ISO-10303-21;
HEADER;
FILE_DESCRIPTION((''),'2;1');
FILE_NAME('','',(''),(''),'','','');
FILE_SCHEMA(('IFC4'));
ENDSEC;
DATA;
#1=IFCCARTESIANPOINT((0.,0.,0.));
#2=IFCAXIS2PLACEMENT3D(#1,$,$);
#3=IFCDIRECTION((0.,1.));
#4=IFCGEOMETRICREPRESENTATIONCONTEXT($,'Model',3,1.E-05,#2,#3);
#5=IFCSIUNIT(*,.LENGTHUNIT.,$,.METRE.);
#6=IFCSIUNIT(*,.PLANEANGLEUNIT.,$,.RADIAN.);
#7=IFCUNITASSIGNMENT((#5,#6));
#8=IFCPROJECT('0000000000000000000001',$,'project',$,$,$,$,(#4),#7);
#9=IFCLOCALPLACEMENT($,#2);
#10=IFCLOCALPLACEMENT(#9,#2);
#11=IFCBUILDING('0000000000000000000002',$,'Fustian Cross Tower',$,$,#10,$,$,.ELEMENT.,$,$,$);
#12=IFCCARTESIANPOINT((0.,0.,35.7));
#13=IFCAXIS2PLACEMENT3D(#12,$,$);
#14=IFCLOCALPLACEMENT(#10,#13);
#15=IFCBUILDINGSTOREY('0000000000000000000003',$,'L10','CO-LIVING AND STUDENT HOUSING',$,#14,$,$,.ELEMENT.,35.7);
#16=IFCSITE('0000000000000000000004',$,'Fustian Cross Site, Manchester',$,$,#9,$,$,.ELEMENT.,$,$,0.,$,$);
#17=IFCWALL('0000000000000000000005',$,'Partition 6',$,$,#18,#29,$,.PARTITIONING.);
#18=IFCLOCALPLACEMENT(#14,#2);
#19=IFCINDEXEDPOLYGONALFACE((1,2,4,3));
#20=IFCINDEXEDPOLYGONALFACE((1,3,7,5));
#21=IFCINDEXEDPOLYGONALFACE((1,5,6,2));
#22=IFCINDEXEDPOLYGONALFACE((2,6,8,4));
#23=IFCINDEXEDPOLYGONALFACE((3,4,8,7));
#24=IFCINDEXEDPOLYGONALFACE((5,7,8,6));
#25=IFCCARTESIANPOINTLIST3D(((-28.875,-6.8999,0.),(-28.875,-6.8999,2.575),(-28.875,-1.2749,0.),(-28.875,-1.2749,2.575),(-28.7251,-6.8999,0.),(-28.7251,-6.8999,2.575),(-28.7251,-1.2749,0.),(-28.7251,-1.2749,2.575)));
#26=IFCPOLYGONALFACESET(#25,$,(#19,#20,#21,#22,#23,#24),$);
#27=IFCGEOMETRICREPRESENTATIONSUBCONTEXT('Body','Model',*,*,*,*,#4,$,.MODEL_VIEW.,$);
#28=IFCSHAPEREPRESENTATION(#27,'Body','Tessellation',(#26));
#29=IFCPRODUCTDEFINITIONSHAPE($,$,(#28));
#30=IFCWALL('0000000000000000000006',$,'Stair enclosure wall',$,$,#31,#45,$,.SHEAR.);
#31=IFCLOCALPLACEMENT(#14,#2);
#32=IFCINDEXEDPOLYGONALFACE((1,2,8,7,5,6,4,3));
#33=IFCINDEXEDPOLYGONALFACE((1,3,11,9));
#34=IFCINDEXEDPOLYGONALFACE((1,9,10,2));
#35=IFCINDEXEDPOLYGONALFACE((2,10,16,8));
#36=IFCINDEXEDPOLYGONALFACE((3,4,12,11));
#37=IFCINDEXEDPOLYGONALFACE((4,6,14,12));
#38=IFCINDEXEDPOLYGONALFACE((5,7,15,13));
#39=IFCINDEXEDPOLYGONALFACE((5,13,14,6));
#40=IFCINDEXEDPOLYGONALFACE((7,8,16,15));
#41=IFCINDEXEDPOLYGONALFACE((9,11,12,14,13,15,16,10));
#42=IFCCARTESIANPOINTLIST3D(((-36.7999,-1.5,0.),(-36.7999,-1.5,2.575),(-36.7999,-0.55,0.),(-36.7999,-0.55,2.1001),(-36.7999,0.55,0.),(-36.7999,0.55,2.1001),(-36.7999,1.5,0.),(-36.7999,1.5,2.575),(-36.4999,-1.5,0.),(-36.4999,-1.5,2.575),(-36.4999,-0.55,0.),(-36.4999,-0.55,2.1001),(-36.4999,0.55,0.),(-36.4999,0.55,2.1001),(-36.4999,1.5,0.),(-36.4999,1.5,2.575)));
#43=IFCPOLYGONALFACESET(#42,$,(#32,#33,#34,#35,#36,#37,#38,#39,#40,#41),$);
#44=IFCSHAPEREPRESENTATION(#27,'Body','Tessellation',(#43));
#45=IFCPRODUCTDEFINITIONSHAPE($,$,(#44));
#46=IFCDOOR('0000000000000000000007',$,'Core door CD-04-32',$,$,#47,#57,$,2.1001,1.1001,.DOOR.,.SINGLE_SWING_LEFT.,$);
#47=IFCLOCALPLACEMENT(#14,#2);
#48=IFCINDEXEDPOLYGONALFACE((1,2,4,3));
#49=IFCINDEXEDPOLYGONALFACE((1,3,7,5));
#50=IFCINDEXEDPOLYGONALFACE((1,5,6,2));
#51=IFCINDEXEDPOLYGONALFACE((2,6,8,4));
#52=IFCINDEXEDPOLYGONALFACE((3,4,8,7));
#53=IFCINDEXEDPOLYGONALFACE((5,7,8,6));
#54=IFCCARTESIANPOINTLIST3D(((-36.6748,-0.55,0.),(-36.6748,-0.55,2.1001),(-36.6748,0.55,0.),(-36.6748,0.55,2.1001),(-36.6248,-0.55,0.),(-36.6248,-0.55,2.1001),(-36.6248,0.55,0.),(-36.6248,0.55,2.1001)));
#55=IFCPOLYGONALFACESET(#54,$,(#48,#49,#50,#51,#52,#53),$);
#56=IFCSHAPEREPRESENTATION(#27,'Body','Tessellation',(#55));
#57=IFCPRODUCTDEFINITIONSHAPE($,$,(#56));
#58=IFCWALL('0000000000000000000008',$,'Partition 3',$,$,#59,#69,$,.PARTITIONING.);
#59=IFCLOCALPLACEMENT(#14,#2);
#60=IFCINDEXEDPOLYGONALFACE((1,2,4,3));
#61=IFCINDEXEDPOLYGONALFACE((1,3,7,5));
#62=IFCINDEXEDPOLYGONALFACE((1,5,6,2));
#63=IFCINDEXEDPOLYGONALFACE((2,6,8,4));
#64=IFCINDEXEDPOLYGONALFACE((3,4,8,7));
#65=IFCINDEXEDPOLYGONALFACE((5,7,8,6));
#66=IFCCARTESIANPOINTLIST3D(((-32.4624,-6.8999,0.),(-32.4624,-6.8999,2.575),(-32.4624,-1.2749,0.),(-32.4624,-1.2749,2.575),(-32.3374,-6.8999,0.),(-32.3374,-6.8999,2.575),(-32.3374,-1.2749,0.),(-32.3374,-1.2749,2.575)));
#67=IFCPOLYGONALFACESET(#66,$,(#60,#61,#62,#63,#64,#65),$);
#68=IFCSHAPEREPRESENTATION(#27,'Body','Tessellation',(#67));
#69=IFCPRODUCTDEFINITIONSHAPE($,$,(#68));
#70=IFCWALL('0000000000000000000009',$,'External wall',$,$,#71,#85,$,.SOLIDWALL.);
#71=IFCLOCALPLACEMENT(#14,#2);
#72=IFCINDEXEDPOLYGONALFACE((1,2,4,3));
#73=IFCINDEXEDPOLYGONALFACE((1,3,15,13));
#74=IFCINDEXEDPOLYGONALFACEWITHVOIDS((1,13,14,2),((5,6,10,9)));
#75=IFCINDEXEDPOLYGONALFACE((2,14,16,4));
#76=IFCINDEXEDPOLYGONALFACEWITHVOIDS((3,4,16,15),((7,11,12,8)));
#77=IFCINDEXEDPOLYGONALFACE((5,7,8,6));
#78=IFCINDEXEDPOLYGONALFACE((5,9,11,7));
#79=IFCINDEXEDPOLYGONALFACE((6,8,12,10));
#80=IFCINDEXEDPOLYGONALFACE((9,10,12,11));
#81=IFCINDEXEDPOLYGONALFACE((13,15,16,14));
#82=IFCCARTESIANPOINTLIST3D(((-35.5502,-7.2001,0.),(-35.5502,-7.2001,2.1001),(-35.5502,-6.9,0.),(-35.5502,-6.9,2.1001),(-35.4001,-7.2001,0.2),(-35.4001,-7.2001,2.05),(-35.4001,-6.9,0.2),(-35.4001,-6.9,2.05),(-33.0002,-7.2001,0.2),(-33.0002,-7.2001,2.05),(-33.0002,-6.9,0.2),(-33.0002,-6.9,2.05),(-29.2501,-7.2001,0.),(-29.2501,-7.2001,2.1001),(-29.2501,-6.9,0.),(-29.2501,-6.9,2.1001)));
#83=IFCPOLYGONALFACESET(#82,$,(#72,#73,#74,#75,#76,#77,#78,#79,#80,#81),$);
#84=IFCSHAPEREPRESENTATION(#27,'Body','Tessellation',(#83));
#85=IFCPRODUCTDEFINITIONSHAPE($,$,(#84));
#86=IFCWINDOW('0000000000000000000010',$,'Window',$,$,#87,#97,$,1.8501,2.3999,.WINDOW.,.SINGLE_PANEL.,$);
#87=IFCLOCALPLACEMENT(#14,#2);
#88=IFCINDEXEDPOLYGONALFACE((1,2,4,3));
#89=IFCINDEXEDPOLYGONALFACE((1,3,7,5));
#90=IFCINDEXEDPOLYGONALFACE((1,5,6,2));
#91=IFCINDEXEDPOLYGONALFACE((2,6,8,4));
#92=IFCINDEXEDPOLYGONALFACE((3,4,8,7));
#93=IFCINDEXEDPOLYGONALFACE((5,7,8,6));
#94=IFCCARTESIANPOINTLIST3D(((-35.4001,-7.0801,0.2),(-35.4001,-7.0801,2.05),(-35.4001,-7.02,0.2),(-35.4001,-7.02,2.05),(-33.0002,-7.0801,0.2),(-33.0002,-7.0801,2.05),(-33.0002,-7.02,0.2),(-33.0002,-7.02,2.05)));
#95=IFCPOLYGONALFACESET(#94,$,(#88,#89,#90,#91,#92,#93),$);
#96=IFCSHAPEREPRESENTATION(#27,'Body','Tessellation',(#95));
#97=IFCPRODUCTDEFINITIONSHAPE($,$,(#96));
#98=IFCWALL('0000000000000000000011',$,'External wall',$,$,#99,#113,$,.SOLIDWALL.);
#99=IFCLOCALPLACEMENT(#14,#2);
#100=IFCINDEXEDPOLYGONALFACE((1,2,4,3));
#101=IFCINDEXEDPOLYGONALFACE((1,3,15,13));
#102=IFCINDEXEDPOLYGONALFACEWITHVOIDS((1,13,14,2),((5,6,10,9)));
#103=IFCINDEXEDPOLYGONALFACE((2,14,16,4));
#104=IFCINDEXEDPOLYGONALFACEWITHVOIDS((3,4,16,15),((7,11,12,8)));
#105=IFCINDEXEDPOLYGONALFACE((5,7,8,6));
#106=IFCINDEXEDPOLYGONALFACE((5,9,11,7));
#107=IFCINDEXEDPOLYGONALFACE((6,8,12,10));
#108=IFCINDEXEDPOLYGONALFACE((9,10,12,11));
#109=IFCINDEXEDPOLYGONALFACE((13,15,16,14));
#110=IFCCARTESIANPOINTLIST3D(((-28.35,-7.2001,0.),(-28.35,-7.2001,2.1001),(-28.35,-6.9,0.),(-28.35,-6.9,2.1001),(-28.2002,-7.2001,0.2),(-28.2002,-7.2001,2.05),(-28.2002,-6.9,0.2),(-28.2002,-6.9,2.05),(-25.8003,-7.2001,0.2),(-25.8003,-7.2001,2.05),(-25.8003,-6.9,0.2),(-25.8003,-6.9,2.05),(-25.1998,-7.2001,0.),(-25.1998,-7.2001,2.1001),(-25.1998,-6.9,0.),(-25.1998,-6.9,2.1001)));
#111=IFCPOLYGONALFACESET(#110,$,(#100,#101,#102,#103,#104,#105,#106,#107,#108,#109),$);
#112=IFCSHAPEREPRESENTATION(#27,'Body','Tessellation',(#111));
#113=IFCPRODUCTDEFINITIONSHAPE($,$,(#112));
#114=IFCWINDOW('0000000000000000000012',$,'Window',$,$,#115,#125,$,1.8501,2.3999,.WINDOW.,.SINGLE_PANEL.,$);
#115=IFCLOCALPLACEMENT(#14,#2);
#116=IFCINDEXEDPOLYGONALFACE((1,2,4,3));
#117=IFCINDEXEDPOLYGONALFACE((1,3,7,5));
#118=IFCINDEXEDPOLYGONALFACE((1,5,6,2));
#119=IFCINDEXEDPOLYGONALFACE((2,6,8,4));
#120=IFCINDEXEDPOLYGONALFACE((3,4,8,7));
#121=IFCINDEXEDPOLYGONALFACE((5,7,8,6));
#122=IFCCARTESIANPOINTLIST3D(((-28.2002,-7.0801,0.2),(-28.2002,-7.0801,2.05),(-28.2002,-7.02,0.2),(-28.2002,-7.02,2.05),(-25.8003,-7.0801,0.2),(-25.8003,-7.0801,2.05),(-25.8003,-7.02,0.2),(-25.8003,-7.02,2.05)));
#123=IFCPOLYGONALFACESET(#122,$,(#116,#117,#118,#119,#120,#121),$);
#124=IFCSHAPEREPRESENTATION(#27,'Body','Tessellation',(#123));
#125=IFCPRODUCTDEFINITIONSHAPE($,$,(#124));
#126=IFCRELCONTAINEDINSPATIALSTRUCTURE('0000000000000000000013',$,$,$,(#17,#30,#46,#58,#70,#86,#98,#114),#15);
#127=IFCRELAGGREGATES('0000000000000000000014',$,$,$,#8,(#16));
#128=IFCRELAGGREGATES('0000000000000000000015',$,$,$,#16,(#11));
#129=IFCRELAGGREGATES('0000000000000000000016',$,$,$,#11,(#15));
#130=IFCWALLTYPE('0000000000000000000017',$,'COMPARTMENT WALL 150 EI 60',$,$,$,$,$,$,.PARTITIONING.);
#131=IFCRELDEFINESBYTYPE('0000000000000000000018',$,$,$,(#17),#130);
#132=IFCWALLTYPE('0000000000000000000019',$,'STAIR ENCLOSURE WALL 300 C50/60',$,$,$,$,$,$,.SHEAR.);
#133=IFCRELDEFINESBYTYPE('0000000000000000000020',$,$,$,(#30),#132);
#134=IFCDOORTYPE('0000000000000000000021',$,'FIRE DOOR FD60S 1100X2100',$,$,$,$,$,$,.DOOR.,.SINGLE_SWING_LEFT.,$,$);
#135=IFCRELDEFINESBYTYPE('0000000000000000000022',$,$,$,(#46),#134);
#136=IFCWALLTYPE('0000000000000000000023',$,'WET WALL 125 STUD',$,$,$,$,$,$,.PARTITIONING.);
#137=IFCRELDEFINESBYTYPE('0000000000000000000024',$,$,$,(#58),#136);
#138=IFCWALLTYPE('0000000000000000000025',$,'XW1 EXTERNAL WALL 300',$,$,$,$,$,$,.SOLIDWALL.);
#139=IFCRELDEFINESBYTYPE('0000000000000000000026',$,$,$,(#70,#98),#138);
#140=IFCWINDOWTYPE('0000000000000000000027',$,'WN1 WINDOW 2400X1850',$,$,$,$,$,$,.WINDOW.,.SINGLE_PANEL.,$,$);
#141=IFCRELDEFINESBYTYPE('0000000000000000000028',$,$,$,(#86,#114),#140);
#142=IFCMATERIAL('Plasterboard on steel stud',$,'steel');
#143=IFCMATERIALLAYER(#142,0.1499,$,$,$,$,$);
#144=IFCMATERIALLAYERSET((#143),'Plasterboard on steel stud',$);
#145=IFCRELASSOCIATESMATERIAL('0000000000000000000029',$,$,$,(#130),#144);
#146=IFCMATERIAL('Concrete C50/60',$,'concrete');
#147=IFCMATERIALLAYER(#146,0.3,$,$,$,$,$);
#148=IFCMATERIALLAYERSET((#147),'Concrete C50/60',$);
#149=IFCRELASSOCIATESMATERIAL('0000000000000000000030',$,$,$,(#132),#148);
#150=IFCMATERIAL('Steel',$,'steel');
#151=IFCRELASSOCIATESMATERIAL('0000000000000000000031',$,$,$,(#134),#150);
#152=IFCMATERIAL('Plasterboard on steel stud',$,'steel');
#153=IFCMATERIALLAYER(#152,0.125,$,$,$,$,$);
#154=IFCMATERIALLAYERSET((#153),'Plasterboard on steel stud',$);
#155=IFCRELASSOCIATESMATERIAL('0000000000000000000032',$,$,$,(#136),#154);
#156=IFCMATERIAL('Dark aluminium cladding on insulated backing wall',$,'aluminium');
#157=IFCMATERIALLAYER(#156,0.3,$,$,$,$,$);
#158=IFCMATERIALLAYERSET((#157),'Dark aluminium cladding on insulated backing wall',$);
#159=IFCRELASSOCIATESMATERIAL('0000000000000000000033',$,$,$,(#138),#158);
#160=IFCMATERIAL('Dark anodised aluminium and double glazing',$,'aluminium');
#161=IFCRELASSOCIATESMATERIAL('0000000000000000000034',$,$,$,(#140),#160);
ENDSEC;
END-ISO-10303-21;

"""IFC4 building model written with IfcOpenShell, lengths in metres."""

from ifc_helpers import new_model, si_unit, direction, frame, frame_2d, origin, place, context, subcontext, project, spatial, rectangle, extrude, material, layer, layer_set, type_object, element, fill, save


model = new_model("IFC4")

# Units and contexts
model_context = context("Model", 3, precision=1e-05, world=origin(), true_north=direction((0.0, 1.0)))
body_context = subcontext(model_context, "Body", "Model", "MODEL_VIEW")
ifc_project = project(units=[si_unit("LENGTHUNIT", "METRE"), si_unit("PLANEANGLEUNIT", "RADIAN")], contexts=[model_context])

# Site, building, storey
site_placement = place(None, origin())
site = spatial("IfcSite", under=ifc_project, at=site_placement, Name="Fustian Cross Site, Manchester", CompositionType="ELEMENT", RefElevation=0.0)
building_placement = place(site_placement, origin())
building = spatial("IfcBuilding", under=site, at=building_placement, Name="Fustian Cross Tower", CompositionType="ELEMENT")
storey_placement = place(building_placement, frame((0.0, 0.0, 35.7)))
storey = spatial("IfcBuildingStorey", under=building, at=storey_placement, Name="L10", Description="CO-LIVING AND STUDENT HOUSING", CompositionType="ELEMENT", Elevation=35.7)

# Shared definitions
ifc_material_1 = material(Name="Plasterboard on steel stud", Category="steel")
ifc_layer_1 = layer(ifc_material_1, 0.1499)
ifc_layer_set_1 = layer_set([ifc_layer_1], Name="Plasterboard on steel stud")
wall_type_1 = type_object("IfcWallType", Name="COMPARTMENT WALL 150 EI 60", PredefinedType="PARTITIONING", material=ifc_layer_set_1)

# Wall
for number, where, z_axis, x_axis, name in (
    (1, (-28.8, -6.8999, 0.0), (0.0, 0.0, 1.0), (0.0, 1.0, 0.0), "Partition 6"),
):
    element("IfcWall", number, at=place(storey_placement, frame(where, z_axis=z_axis, x_axis=x_axis)), inside=storey, type_object=wall_type_1, Name=name, PredefinedType="PARTITIONING", context=body_context, shape_type="SweptSolid", body=[
        extrude(rectangle(XDim=5.625, YDim=0.1499, at=frame_2d((2.8125, 0.0))), origin(), (0.0, 0.0, 1.0), 2.575),
    ])

# Wall, opening, door
ifc_material_2 = material(Name="Concrete C50/60", Category="concrete")
ifc_layer_2 = layer(ifc_material_2, 0.3)
ifc_layer_set_2 = layer_set([ifc_layer_2], Name="Concrete C50/60")
wall_type_2 = type_object("IfcWallType", Name="STAIR ENCLOSURE WALL 300 C50/60", PredefinedType="SHEAR", material=ifc_layer_set_2)
wall_1_placement = place(storey_placement, frame((-36.6499, -1.5, 0.0), z_axis=(0.0, 0.0, 1.0), x_axis=(0.0, 1.0, 0.0)))
wall_1 = element("IfcWall", 2, at=wall_1_placement, inside=storey, type_object=wall_type_2, Name="Stair enclosure wall", PredefinedType="SHEAR", context=body_context, shape_type="SweptSolid", body=[
    extrude(rectangle(XDim=3.0, YDim=0.3, at=frame_2d((1.5, 0.0))), origin(), (0.0, 0.0, 1.0), 2.575),
])
opening_1_placement = place(wall_1_placement, frame((0.95, 0.0, 0.0)))
opening_1 = element("IfcOpeningElement", 3, at=opening_1_placement, cuts=wall_1, PredefinedType="OPENING", context=body_context, shape_type="SweptSolid", body=[
    extrude(rectangle(XDim=1.1001, YDim=2.1001, at=frame_2d((0.55, 1.05))), frame((0.0, 0.1599, 0.0), z_axis=(0.0, -1.0, 0.0), x_axis=(1.0, 0.0, 0.0)), (0.0, 0.0, 1.0), 0.3201),
])
ifc_material_3 = material(Name="Steel", Category="steel")
door_type_1 = type_object("IfcDoorType", Name="FIRE DOOR FD60S 1100X2100", OperationType="SINGLE_SWING_LEFT", PredefinedType="DOOR", material=ifc_material_3)
door_1_placement = place(opening_1_placement, origin())
door_1 = element("IfcDoor", 4, at=door_1_placement, inside=storey, type_object=door_type_1, Name="Core door CD-04-32", OperationType="SINGLE_SWING_LEFT", OverallHeight=2.1001, OverallWidth=1.1001, PredefinedType="DOOR", context=body_context, shape_type="SweptSolid", body=[
    extrude(rectangle(XDim=1.1001, YDim=2.1001, at=frame_2d((0.55, 1.05))), frame((0.0, 0.0249, 0.0), z_axis=(0.0, -1.0, 0.0), x_axis=(1.0, 0.0, 0.0)), (0.0, 0.0, 1.0), 0.05),
])
fill(opening_1, door_1)

# Wall
ifc_material_4 = material(Name="Plasterboard on steel stud", Category="steel")
ifc_layer_3 = layer(ifc_material_4, 0.125)
ifc_layer_set_3 = layer_set([ifc_layer_3], Name="Plasterboard on steel stud")
wall_type_3 = type_object("IfcWallType", Name="WET WALL 125 STUD", PredefinedType="PARTITIONING", material=ifc_layer_set_3)
wall_2_placement = place(storey_placement, frame((-32.3999, -6.8999, 0.0), z_axis=(0.0, 0.0, 1.0), x_axis=(0.0, 1.0, 0.0)))
element("IfcWall", 5, at=wall_2_placement, inside=storey, type_object=wall_type_3, Name="Partition 3", PredefinedType="PARTITIONING", context=body_context, shape_type="SweptSolid", body=[
    extrude(rectangle(XDim=5.625, YDim=0.125, at=frame_2d((2.8125, 0.0))), origin(), (0.0, 0.0, 1.0), 2.575),
])

# Walls, openings, windows
ifc_material_5 = material(Name="Dark aluminium cladding on insulated backing wall", Category="aluminium")
ifc_layer_4 = layer(ifc_material_5, 0.3)
ifc_layer_set_4 = layer_set([ifc_layer_4], Name="Dark aluminium cladding on insulated backing wall")
wall_type_4 = type_object("IfcWallType", Name="XW1 EXTERNAL WALL 300", PredefinedType="SOLIDWALL", material=ifc_layer_set_4)
wall_3_placement = place(storey_placement, frame((-35.55, -7.05, 0.0), z_axis=(0.0, 0.0, 1.0), x_axis=(1.0, 0.0, 0.0)))
wall_3 = element("IfcWall", 6, at=wall_3_placement, inside=storey, type_object=wall_type_4, Name="External wall", PredefinedType="SOLIDWALL", context=body_context, shape_type="SweptSolid", body=[
    extrude(rectangle(XDim=6.3, YDim=0.3, at=frame_2d((3.1499, 0.0))), origin(), (0.0, 0.0, 1.0), 2.1001),
])
opening_2_placement = place(wall_3_placement, frame((0.1499, 0.0, 0.2)))
opening_2 = element("IfcOpeningElement", 7, at=opening_2_placement, cuts=wall_3, PredefinedType="OPENING", context=body_context, shape_type="SweptSolid", body=[
    extrude(rectangle(XDim=2.3999, YDim=1.8501, at=frame_2d((1.2, 0.925))), frame((0.0, 0.1599, 0.0), z_axis=(0.0, -1.0, 0.0), x_axis=(1.0, 0.0, 0.0)), (0.0, 0.0, 1.0), 0.3201),
])
ifc_material_6 = material(Name="Dark anodised aluminium and double glazing", Category="aluminium")
window_type = type_object("IfcWindowType", Name="WN1 WINDOW 2400X1850", PartitioningType="SINGLE_PANEL", PredefinedType="WINDOW", material=ifc_material_6)
window_1_placement = place(opening_2_placement, origin())
window_1 = element("IfcWindow", 8, at=window_1_placement, inside=storey, type_object=window_type, Name="Window", OverallHeight=1.8501, OverallWidth=2.3999, PartitioningType="SINGLE_PANEL", PredefinedType="WINDOW", context=body_context, shape_type="SweptSolid", body=[
    extrude(rectangle(XDim=2.3999, YDim=1.8501, at=frame_2d((1.2, 0.925))), frame((0.0, 0.03, 0.0), z_axis=(0.0, -1.0, 0.0), x_axis=(1.0, 0.0, 0.0)), (0.0, 0.0, 1.0), 0.0601),
])
fill(opening_2, window_1)
wall_4_placement = place(storey_placement, frame((-28.3501, -7.05, 0.0), z_axis=(0.0, 0.0, 1.0), x_axis=(1.0, 0.0, 0.0)))
wall_4 = element("IfcWall", 9, at=wall_4_placement, inside=storey, type_object=wall_type_4, Name="External wall", PredefinedType="SOLIDWALL", context=body_context, shape_type="SweptSolid", body=[
    extrude(rectangle(XDim=3.1501, YDim=0.3, at=frame_2d((1.5752, 0.0))), origin(), (0.0, 0.0, 1.0), 2.1001),
])
opening_3_placement = place(wall_4_placement, frame((0.1499, 0.0, 0.2)))
opening_3 = element("IfcOpeningElement", 10, at=opening_3_placement, cuts=wall_4, PredefinedType="OPENING", context=body_context, shape_type="SweptSolid", body=[
    extrude(rectangle(XDim=2.3999, YDim=1.8501, at=frame_2d((1.2, 0.925))), frame((0.0, 0.1599, 0.0), z_axis=(0.0, -1.0, 0.0), x_axis=(1.0, 0.0, 0.0)), (0.0, 0.0, 1.0), 0.3201),
])
window_2_placement = place(opening_3_placement, origin())
window_2 = element("IfcWindow", 11, at=window_2_placement, inside=storey, type_object=window_type, Name="Window", OverallHeight=1.8501, OverallWidth=2.3999, PartitioningType="SINGLE_PANEL", PredefinedType="WINDOW", context=body_context, shape_type="SweptSolid", body=[
    extrude(rectangle(XDim=2.3999, YDim=1.8501, at=frame_2d((1.2, 0.925))), frame((0.0, 0.03, 0.0), z_axis=(0.0, -1.0, 0.0), x_axis=(1.0, 0.0, 0.0)), (0.0, 0.0, 1.0), 0.0601),
])
fill(opening_3, window_2)

save(model, "model.ifc")
